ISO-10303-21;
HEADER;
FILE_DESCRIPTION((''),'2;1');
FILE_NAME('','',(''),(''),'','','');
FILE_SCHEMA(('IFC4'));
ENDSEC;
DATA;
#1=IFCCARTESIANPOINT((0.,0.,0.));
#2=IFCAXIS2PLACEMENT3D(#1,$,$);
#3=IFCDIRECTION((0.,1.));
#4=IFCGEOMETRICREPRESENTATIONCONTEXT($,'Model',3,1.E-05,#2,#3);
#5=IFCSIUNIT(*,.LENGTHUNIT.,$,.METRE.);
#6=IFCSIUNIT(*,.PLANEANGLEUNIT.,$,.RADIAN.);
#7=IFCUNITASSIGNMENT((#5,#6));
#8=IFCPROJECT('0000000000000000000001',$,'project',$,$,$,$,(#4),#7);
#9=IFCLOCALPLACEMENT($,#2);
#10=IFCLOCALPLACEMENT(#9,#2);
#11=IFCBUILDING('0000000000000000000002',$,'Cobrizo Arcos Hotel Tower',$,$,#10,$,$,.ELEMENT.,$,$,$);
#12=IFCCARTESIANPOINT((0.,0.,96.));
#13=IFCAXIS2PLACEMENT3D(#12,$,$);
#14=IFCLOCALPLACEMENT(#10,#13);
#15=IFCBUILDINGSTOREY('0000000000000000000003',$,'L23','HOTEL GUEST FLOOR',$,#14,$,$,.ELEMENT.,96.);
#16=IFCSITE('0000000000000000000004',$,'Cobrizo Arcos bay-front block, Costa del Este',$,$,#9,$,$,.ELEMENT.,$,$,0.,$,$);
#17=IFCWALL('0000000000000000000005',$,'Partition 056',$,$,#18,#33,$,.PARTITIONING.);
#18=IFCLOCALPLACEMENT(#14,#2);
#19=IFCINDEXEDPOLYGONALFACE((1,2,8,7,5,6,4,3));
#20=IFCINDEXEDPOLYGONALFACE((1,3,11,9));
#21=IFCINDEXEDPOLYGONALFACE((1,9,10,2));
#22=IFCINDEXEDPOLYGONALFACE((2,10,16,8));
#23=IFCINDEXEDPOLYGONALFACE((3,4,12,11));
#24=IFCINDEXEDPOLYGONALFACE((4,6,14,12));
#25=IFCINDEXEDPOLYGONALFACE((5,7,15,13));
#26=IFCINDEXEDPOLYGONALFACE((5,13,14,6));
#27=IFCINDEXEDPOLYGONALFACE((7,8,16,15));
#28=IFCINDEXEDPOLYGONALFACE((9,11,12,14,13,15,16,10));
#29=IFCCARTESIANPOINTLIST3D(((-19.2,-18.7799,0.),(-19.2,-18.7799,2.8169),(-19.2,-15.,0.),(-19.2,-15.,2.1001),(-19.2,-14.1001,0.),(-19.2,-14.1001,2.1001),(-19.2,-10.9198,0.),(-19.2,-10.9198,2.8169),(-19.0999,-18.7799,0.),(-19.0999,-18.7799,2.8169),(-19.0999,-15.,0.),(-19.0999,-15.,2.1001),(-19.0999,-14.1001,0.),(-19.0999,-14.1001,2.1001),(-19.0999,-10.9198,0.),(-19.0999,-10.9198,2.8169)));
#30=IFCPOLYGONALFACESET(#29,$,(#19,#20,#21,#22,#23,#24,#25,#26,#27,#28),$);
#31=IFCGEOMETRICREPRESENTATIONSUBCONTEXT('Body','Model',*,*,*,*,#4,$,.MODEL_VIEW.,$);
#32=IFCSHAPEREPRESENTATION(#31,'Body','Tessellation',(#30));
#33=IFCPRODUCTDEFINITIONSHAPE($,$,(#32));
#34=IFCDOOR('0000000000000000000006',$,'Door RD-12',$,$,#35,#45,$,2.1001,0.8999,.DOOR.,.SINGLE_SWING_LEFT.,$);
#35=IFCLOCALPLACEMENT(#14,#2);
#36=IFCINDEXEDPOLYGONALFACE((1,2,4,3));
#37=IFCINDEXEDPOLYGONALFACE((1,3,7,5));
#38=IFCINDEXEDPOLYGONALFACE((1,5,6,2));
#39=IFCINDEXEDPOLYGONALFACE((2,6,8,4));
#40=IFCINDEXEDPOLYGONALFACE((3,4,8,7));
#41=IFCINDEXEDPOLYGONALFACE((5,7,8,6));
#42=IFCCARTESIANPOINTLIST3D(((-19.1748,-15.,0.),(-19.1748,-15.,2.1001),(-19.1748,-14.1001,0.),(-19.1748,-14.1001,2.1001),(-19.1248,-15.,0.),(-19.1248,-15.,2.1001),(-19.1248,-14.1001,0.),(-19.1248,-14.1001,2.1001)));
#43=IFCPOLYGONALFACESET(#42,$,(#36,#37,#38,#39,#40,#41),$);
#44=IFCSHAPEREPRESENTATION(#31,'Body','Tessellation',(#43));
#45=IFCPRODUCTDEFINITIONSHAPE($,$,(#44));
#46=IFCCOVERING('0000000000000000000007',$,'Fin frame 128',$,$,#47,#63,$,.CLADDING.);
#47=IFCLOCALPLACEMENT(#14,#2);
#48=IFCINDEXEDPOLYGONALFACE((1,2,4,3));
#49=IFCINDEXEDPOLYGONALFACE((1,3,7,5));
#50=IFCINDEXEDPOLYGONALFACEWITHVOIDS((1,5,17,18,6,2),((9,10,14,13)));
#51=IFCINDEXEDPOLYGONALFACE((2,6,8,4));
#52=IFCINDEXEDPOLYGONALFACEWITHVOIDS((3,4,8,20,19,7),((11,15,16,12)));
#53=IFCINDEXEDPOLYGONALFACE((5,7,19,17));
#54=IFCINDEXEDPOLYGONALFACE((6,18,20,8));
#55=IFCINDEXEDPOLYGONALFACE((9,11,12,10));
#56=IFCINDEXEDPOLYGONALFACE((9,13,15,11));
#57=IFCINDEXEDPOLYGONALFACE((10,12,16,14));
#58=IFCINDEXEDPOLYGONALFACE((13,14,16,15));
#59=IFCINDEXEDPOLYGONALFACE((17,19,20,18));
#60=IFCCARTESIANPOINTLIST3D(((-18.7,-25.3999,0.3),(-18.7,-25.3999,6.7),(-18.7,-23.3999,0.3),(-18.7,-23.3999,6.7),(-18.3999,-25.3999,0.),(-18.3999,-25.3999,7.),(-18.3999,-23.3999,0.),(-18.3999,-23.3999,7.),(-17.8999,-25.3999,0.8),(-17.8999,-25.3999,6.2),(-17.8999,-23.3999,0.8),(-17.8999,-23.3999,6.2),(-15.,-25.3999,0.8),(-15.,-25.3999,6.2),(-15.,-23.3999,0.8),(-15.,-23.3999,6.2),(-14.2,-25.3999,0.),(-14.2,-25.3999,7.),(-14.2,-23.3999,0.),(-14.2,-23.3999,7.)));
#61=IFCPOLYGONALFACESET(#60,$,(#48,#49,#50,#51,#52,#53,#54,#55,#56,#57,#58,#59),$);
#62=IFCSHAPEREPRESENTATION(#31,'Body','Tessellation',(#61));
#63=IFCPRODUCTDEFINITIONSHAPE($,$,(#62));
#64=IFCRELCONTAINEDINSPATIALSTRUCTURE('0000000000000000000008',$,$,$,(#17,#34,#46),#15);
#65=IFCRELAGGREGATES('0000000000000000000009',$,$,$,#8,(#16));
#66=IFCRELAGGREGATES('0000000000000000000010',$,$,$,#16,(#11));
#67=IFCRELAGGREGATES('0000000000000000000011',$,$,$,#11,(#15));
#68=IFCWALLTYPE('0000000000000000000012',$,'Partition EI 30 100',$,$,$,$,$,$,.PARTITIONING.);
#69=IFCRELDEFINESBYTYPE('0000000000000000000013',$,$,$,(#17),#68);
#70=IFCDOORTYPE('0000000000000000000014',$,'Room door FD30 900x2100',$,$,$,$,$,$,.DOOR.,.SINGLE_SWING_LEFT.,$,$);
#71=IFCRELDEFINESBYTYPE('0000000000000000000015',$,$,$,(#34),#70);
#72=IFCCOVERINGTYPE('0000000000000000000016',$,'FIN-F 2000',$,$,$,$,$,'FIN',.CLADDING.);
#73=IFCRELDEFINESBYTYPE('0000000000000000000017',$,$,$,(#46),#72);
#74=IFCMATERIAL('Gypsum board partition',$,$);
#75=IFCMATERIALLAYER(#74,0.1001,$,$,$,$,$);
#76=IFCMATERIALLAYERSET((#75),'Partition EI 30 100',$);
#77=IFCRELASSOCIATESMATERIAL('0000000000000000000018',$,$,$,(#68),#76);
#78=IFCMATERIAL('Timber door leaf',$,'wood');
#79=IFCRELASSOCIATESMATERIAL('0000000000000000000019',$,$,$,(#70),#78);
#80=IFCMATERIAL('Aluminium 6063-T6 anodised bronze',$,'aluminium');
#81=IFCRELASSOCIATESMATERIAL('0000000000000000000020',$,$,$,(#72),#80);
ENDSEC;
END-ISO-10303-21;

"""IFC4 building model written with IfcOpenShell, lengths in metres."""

from ifc_helpers import new_model, si_unit, direction, frame, frame_2d, origin, place, context, subcontext, project, spatial, polyline, rectangle, outline, extrude, material, layer, layer_set, type_object, element, fill, save


model = new_model("IFC4")

# Units and contexts
model_context = context("Model", 3, precision=1e-05, world=origin(), true_north=direction((0.0, 1.0)))
body_context = subcontext(model_context, "Body", "Model", "MODEL_VIEW")
ifc_project = project(units=[si_unit("LENGTHUNIT", "METRE"), si_unit("PLANEANGLEUNIT", "RADIAN")], contexts=[model_context])

# Site, building, storey
site_placement = place(None, origin())
site = spatial("IfcSite", under=ifc_project, at=site_placement, Name="Cobrizo Arcos bay-front block, Costa del Este", CompositionType="ELEMENT", RefElevation=0.0)
building_placement = place(site_placement, origin())
building = spatial("IfcBuilding", under=site, at=building_placement, Name="Cobrizo Arcos Hotel Tower", CompositionType="ELEMENT")
storey_placement = place(building_placement, frame((0.0, 0.0, 96.0)))
storey = spatial("IfcBuildingStorey", under=building, at=storey_placement, Name="L23", Description="HOTEL GUEST FLOOR", CompositionType="ELEMENT", Elevation=96.0)

# Shared definitions
ifc_material_1 = material(Name="Aluminium 6063-T6 anodised bronze", Category="aluminium")

# Shared definitions
ifc_material_2 = material(Name="Gypsum board partition")
ifc_layer_1 = layer(ifc_material_2, 0.1001)
ifc_layer_set_1 = layer_set([ifc_layer_1], Name="Partition EI 30 100")
wall_type = type_object("IfcWallType", Name="Partition EI 30 100", PredefinedType="PARTITIONING", material=ifc_layer_set_1)

# Wall, opening, door
ifc_material_3 = material(Name="Timber door leaf", Category="wood")
wall_1_placement = place(storey_placement, frame((-19.1499, -18.78, 0.0), z_axis=(0.0, 0.0, 1.0), x_axis=(0.0, 1.0, 0.0)))
wall_1 = element("IfcWall", 1, at=wall_1_placement, inside=storey, type_object=wall_type, Name="Partition 056", PredefinedType="PARTITIONING", context=body_context, shape_type="SweptSolid", body=[
    extrude(rectangle(XDim=7.8601, YDim=0.1001, at=frame_2d((3.9302, 0.0))), origin(), (0.0, 0.0, 1.0), 2.8169),
])
opening_1_placement = place(wall_1_placement, frame((3.78, 0.0, 0.0)))
opening_1 = element("IfcOpeningElement", 2, at=opening_1_placement, cuts=wall_1, PredefinedType="OPENING", context=body_context, shape_type="SweptSolid", body=[
    extrude(rectangle(XDim=0.8999, YDim=2.1001, at=frame_2d((0.45, 1.05))), frame((0.0, 0.062, 0.0), z_axis=(0.0, -1.0, 0.0), x_axis=(1.0, 0.0, 0.0)), (0.0, 0.0, 1.0), 0.124),
])
door_type_1 = type_object("IfcDoorType", Name="Room door FD30 900x2100", OperationType="SINGLE_SWING_LEFT", PredefinedType="DOOR", material=ifc_material_3)
door_1_placement = place(opening_1_placement, origin())
door_1 = element("IfcDoor", 3, at=door_1_placement, inside=storey, type_object=door_type_1, Name="Door RD-12", OperationType="SINGLE_SWING_LEFT", OverallHeight=2.1001, OverallWidth=0.8999, PredefinedType="DOOR", context=body_context, shape_type="SweptSolid", body=[
    extrude(rectangle(XDim=0.8999, YDim=2.1001, at=frame_2d((0.45, 1.05))), frame((0.0, 0.0249, 0.0), z_axis=(0.0, -1.0, 0.0), x_axis=(1.0, 0.0, 0.0)), (0.0, 0.0, 1.0), 0.05),
])
fill(opening_1, door_1)

# Covering
covering_type = type_object("IfcCoveringType", Name="FIN-F 2000", ElementType="FIN", PredefinedType="CLADDING", material=ifc_material_1)
covering_placement = place(storey_placement, frame((-18.7, -23.3999, 0.0), z_axis=(0.0, -1.0, 0.0), x_axis=(1.0, 0.0, 0.0)))
element("IfcCovering", 4, at=covering_placement, inside=storey, type_object=covering_type, Name="Fin frame 128", PredefinedType="CLADDING", context=body_context, shape_type="SweptSolid", body=[
    extrude(outline(polyline([(0.0, 0.3), (0.3, 0.0), (4.5, 0.0), (4.5, 7.0), (0.3, 7.0), (0.0, 6.7), (0.0, 0.3)]), holes=[polyline([(3.7, 0.8), (0.8, 0.8), (0.8, 6.2), (3.7, 6.2), (3.7, 0.8)])]), origin(), (0.0, 0.0, 1.0), 2.0),
])

save(model, "model.ifc")
